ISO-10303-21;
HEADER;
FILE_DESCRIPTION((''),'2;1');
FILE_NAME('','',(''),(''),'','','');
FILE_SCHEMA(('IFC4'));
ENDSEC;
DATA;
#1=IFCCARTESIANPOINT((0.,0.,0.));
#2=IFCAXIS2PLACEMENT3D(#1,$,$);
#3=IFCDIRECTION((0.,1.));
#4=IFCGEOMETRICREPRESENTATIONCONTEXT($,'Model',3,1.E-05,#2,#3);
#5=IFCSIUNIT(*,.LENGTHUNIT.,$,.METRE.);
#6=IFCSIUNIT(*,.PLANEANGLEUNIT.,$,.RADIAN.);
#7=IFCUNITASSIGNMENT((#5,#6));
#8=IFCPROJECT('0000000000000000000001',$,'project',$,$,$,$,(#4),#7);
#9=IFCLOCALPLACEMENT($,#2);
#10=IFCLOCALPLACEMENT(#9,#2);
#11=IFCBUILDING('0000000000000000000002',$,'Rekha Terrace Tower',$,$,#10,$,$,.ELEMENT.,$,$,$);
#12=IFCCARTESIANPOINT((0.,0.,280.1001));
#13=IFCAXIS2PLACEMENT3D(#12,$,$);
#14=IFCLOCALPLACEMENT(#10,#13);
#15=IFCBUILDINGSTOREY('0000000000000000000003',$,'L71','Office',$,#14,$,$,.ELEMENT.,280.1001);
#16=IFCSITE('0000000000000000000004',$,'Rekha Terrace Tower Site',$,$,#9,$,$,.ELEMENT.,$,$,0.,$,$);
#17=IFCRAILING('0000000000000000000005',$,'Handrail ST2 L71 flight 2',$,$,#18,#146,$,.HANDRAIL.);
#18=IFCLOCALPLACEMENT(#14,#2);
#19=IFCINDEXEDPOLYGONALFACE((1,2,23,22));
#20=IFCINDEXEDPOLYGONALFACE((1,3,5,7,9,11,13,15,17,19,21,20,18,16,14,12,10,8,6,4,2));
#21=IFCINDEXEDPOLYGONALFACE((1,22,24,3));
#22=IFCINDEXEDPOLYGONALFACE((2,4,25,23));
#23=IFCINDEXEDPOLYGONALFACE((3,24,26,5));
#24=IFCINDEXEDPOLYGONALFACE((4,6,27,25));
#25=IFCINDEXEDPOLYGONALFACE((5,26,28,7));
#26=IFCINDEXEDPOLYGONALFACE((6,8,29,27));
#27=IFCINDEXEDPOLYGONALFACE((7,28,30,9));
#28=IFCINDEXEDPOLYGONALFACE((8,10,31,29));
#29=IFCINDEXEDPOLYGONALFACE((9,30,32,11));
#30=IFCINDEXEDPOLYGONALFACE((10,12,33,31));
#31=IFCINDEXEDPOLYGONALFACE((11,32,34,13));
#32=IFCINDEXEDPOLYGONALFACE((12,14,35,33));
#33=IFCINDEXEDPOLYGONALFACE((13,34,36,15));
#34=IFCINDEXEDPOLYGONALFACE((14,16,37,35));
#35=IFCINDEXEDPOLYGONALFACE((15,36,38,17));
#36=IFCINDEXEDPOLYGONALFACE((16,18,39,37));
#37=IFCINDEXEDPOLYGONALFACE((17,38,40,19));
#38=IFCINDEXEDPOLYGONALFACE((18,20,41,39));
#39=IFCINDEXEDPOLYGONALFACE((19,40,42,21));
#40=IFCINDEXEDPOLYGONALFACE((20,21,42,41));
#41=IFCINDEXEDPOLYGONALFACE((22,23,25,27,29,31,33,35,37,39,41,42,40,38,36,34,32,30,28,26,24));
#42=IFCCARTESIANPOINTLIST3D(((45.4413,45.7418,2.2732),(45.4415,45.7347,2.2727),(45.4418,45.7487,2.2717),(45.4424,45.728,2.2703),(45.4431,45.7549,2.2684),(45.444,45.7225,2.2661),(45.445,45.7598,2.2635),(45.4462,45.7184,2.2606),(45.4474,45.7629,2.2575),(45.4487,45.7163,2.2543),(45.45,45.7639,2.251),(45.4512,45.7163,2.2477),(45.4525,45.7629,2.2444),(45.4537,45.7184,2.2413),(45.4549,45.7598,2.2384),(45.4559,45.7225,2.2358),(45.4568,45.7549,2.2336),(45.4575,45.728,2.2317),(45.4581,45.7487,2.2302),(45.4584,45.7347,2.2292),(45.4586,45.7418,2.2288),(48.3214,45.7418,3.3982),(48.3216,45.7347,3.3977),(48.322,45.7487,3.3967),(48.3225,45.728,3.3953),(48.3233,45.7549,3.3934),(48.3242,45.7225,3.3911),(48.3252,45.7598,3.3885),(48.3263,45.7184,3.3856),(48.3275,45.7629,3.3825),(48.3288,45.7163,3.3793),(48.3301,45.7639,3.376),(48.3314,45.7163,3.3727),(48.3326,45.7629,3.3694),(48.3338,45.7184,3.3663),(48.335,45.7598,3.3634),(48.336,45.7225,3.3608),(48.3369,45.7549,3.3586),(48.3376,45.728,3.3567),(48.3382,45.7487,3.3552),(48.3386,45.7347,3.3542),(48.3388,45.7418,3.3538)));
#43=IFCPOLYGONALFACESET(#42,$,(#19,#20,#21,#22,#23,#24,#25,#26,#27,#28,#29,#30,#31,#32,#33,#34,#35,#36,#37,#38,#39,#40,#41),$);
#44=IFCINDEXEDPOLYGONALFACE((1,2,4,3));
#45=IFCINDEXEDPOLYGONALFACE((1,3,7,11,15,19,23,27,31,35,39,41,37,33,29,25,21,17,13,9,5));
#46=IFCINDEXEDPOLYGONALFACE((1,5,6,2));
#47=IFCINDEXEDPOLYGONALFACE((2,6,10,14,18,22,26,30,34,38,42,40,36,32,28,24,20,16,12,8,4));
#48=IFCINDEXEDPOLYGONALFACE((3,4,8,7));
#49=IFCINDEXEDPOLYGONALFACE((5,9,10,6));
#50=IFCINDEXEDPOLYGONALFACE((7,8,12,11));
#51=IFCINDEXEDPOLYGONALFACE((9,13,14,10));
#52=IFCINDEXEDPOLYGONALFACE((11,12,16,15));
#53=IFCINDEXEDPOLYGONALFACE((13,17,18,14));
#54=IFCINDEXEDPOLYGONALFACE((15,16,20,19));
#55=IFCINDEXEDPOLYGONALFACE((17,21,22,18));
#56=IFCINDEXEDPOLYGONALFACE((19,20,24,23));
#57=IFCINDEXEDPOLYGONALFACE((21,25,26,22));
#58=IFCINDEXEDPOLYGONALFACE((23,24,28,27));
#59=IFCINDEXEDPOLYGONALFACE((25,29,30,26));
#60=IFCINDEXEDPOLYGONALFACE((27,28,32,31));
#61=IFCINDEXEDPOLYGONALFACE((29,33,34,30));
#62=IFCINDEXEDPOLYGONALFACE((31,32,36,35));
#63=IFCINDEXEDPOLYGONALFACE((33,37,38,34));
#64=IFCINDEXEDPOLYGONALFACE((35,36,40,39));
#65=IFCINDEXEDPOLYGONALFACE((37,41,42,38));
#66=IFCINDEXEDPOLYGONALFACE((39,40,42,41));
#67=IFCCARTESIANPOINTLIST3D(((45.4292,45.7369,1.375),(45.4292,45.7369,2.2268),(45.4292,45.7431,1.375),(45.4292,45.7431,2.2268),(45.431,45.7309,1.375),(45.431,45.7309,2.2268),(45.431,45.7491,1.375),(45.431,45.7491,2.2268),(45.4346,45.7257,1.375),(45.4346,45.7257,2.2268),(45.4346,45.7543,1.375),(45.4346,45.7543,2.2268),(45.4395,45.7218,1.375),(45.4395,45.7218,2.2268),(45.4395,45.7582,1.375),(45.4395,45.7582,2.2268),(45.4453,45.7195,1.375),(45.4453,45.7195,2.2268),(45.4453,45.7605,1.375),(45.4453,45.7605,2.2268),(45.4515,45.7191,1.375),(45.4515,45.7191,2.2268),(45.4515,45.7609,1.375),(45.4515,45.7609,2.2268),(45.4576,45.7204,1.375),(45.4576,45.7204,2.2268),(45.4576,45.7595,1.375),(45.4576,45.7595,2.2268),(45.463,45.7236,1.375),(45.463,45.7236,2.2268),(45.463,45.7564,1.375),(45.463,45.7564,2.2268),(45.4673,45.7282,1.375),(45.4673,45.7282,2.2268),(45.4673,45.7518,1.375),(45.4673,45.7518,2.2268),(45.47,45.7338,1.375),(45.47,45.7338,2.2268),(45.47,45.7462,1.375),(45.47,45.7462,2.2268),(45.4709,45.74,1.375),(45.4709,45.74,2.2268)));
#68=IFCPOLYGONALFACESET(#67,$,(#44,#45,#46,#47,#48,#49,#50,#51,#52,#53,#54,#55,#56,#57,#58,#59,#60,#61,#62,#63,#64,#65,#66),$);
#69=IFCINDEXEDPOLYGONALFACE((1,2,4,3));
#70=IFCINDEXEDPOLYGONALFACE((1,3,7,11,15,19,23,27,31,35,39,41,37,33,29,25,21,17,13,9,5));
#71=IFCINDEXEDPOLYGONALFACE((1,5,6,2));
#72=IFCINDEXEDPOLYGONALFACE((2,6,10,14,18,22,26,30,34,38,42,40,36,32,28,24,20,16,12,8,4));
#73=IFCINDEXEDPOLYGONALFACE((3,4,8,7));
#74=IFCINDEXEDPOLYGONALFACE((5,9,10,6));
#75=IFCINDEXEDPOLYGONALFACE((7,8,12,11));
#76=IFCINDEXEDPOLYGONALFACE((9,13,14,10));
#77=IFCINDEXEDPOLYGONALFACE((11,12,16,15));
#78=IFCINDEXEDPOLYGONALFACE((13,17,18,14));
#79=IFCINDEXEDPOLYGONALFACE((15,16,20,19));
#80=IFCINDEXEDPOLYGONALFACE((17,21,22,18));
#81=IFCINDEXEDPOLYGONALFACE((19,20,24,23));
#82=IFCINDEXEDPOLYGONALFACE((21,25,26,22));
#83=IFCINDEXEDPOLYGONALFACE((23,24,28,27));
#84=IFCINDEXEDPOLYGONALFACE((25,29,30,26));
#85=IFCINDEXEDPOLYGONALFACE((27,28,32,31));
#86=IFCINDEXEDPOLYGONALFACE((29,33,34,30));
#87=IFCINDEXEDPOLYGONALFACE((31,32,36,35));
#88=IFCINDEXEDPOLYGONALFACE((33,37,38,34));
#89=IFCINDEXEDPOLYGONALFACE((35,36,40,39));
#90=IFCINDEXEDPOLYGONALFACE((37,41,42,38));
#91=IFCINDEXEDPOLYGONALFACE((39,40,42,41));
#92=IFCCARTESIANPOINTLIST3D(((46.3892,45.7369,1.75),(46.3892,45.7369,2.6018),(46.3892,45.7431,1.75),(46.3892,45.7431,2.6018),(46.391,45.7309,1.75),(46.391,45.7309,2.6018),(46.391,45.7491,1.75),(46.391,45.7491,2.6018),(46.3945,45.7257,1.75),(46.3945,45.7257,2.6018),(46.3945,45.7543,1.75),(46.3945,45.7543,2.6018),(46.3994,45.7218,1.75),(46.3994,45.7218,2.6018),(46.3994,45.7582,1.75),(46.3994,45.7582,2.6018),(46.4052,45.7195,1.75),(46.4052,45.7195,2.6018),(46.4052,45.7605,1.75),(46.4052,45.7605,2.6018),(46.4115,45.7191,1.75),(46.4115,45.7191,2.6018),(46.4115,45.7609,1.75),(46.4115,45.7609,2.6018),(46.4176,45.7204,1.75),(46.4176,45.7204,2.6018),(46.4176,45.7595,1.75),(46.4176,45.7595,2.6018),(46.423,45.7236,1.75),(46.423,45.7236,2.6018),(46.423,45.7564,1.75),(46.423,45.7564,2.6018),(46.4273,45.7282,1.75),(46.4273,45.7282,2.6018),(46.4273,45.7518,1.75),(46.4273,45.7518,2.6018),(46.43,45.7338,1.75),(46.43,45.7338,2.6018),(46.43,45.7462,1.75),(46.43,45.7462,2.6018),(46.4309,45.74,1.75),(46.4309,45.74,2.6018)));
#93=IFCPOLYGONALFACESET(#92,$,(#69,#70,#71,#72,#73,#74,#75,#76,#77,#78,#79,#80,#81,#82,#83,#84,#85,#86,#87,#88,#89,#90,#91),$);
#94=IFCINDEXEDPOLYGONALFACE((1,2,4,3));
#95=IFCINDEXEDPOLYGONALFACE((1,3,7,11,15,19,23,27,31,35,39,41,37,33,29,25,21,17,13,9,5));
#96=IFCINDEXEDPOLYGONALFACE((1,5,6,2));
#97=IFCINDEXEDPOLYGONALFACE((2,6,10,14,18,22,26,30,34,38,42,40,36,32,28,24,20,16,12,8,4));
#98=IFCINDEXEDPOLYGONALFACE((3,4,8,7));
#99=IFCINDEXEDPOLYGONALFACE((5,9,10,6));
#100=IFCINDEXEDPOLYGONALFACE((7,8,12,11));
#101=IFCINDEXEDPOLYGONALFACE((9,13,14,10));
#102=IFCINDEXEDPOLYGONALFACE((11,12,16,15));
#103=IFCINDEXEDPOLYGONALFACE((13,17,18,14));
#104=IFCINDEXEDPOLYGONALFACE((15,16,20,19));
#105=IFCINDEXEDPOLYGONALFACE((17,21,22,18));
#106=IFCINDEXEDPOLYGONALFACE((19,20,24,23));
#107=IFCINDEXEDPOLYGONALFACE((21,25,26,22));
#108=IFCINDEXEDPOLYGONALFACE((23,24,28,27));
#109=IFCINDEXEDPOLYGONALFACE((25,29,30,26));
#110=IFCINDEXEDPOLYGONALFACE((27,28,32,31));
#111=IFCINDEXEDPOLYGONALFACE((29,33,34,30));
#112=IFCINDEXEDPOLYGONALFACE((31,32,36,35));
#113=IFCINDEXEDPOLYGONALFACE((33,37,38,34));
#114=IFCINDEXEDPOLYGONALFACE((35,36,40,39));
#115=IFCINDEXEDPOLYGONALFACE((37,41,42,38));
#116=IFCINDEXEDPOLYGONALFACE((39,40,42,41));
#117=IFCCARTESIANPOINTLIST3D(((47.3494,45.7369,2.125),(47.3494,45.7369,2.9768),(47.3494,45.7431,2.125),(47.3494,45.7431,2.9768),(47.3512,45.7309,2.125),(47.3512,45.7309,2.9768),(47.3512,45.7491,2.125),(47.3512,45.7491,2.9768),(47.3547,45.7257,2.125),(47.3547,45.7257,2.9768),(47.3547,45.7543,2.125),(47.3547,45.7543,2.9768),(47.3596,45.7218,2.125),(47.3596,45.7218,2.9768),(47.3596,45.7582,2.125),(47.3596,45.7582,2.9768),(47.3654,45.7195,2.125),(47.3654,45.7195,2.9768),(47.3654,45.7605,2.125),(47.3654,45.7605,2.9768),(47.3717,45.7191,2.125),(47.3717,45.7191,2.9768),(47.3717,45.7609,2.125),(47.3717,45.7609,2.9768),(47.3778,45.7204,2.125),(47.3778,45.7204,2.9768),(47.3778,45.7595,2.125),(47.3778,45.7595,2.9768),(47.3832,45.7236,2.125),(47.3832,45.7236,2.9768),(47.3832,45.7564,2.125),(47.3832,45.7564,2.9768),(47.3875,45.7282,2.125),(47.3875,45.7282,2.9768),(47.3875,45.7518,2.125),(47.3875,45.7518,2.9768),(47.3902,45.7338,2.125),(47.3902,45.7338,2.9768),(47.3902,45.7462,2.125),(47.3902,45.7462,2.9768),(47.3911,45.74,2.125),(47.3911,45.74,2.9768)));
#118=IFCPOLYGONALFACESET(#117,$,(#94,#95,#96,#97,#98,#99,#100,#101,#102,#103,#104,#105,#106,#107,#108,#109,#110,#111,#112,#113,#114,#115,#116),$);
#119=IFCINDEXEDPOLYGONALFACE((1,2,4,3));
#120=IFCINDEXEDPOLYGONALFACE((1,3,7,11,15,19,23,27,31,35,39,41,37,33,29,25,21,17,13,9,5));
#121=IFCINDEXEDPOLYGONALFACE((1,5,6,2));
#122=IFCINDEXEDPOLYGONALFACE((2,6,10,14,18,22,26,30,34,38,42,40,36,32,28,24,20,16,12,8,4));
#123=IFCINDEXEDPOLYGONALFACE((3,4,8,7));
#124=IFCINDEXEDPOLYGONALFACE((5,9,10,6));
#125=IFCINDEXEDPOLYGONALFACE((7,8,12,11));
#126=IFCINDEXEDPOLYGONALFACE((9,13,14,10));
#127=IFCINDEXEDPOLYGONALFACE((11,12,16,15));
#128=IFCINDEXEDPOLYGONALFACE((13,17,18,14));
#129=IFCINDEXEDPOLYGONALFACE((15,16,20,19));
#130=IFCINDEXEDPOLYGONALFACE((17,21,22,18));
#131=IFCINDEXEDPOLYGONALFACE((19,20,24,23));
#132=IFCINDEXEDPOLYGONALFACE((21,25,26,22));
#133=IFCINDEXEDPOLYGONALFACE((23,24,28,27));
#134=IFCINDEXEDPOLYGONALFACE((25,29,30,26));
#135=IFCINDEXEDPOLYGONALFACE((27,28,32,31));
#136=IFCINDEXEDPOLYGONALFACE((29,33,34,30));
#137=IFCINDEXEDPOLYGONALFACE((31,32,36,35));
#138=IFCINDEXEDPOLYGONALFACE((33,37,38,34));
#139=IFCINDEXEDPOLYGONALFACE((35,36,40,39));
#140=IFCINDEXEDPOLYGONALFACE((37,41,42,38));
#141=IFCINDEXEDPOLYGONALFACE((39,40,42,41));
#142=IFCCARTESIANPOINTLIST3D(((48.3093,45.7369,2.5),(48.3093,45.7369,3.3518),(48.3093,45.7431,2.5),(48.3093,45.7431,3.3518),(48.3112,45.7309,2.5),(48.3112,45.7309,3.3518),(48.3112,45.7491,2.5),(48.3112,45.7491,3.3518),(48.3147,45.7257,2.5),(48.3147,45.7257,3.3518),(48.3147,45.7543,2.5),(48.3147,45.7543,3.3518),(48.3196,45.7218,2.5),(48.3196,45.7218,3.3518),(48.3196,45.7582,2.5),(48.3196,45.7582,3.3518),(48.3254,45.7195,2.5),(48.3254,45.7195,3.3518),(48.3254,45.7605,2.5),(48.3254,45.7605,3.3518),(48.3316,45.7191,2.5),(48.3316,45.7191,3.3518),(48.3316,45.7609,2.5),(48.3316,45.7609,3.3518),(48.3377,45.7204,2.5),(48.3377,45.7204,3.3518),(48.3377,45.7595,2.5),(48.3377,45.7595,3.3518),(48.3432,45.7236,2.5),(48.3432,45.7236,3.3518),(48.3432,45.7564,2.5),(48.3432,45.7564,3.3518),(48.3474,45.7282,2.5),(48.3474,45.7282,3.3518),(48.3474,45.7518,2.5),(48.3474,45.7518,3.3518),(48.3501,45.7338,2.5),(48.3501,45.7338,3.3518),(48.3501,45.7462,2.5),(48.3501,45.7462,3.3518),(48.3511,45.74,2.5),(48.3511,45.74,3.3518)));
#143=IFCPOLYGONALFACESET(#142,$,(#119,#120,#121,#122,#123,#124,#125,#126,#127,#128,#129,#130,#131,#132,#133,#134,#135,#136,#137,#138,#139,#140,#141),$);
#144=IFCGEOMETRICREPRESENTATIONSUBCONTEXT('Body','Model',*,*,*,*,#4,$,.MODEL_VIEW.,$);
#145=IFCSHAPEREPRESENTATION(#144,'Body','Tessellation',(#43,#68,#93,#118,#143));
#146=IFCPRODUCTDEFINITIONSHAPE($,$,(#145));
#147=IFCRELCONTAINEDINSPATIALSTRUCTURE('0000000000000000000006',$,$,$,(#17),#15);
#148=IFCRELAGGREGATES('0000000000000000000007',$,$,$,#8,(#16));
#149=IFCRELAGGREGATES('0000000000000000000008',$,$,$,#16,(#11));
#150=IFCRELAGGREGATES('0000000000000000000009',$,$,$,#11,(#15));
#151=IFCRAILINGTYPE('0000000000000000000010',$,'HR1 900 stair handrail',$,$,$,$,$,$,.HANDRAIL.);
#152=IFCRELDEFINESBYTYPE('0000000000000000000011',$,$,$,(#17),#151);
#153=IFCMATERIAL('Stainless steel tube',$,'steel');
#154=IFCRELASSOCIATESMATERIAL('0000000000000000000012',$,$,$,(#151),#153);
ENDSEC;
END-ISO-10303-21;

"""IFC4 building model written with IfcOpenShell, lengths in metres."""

from ifc_helpers import new_model, si_unit, direction, frame, origin, origin_2d, place, context, subcontext, project, spatial, circle, extrude, material, type_object, element, save


model = new_model("IFC4")

# Units and contexts
model_context = context("Model", 3, precision=1e-05, world=origin(), true_north=direction((0.0, 1.0)))
body_context = subcontext(model_context, "Body", "Model", "MODEL_VIEW")
ifc_project = project(units=[si_unit("LENGTHUNIT", "METRE"), si_unit("PLANEANGLEUNIT", "RADIAN")], contexts=[model_context])

# Site, building, storey
site_placement = place(None, origin())
site = spatial("IfcSite", under=ifc_project, at=site_placement, Name="Rekha Terrace Tower Site", CompositionType="ELEMENT", RefElevation=0.0)
building_placement = place(site_placement, origin())
building = spatial("IfcBuilding", under=site, at=building_placement, Name="Rekha Terrace Tower", CompositionType="ELEMENT")
storey_placement = place(building_placement, frame((0.0, 0.0, 280.1001)))
storey = spatial("IfcBuildingStorey", under=building, at=storey_placement, Name="L71", Description="Office", CompositionType="ELEMENT", Elevation=280.1001)

# Railing
ifc_material_1 = material(Name="Stainless steel tube", Category="steel")
railing_type_1 = type_object("IfcRailingType", Name="HR1 900 stair handrail", PredefinedType="HANDRAIL", material=ifc_material_1)
railing_1_placement = place(storey_placement, frame((45.45, 45.74, 1.375)))
element("IfcRailing", 1, at=railing_1_placement, inside=storey, type_object=railing_type_1, Name="Handrail ST2 L71 flight 2", PredefinedType="HANDRAIL", context=body_context, shape_type="SweptSolid", body=[
    extrude(circle(Radius=0.0239, at=origin_2d()), frame((0.0, 0.0, 0.876), z_axis=(0.931463, 0.0, 0.363837), x_axis=(0.0, 1.0, 0.0)), (0.0, 0.0, 1.0), 3.092),
    extrude(circle(Radius=0.021, at=origin_2d()), origin(), (0.0, 0.0, 1.0), 0.8518),
    extrude(circle(Radius=0.021, at=origin_2d()), frame((0.96, 0.0, 0.375)), (0.0, 0.0, 1.0), 0.8518),
    extrude(circle(Radius=0.021, at=origin_2d()), frame((1.9202, 0.0, 0.75)), (0.0, 0.0, 1.0), 0.8518),
    extrude(circle(Radius=0.021, at=origin_2d()), frame((2.8801, 0.0, 1.125)), (0.0, 0.0, 1.0), 0.8518),
])

save(model, "model.ifc")
